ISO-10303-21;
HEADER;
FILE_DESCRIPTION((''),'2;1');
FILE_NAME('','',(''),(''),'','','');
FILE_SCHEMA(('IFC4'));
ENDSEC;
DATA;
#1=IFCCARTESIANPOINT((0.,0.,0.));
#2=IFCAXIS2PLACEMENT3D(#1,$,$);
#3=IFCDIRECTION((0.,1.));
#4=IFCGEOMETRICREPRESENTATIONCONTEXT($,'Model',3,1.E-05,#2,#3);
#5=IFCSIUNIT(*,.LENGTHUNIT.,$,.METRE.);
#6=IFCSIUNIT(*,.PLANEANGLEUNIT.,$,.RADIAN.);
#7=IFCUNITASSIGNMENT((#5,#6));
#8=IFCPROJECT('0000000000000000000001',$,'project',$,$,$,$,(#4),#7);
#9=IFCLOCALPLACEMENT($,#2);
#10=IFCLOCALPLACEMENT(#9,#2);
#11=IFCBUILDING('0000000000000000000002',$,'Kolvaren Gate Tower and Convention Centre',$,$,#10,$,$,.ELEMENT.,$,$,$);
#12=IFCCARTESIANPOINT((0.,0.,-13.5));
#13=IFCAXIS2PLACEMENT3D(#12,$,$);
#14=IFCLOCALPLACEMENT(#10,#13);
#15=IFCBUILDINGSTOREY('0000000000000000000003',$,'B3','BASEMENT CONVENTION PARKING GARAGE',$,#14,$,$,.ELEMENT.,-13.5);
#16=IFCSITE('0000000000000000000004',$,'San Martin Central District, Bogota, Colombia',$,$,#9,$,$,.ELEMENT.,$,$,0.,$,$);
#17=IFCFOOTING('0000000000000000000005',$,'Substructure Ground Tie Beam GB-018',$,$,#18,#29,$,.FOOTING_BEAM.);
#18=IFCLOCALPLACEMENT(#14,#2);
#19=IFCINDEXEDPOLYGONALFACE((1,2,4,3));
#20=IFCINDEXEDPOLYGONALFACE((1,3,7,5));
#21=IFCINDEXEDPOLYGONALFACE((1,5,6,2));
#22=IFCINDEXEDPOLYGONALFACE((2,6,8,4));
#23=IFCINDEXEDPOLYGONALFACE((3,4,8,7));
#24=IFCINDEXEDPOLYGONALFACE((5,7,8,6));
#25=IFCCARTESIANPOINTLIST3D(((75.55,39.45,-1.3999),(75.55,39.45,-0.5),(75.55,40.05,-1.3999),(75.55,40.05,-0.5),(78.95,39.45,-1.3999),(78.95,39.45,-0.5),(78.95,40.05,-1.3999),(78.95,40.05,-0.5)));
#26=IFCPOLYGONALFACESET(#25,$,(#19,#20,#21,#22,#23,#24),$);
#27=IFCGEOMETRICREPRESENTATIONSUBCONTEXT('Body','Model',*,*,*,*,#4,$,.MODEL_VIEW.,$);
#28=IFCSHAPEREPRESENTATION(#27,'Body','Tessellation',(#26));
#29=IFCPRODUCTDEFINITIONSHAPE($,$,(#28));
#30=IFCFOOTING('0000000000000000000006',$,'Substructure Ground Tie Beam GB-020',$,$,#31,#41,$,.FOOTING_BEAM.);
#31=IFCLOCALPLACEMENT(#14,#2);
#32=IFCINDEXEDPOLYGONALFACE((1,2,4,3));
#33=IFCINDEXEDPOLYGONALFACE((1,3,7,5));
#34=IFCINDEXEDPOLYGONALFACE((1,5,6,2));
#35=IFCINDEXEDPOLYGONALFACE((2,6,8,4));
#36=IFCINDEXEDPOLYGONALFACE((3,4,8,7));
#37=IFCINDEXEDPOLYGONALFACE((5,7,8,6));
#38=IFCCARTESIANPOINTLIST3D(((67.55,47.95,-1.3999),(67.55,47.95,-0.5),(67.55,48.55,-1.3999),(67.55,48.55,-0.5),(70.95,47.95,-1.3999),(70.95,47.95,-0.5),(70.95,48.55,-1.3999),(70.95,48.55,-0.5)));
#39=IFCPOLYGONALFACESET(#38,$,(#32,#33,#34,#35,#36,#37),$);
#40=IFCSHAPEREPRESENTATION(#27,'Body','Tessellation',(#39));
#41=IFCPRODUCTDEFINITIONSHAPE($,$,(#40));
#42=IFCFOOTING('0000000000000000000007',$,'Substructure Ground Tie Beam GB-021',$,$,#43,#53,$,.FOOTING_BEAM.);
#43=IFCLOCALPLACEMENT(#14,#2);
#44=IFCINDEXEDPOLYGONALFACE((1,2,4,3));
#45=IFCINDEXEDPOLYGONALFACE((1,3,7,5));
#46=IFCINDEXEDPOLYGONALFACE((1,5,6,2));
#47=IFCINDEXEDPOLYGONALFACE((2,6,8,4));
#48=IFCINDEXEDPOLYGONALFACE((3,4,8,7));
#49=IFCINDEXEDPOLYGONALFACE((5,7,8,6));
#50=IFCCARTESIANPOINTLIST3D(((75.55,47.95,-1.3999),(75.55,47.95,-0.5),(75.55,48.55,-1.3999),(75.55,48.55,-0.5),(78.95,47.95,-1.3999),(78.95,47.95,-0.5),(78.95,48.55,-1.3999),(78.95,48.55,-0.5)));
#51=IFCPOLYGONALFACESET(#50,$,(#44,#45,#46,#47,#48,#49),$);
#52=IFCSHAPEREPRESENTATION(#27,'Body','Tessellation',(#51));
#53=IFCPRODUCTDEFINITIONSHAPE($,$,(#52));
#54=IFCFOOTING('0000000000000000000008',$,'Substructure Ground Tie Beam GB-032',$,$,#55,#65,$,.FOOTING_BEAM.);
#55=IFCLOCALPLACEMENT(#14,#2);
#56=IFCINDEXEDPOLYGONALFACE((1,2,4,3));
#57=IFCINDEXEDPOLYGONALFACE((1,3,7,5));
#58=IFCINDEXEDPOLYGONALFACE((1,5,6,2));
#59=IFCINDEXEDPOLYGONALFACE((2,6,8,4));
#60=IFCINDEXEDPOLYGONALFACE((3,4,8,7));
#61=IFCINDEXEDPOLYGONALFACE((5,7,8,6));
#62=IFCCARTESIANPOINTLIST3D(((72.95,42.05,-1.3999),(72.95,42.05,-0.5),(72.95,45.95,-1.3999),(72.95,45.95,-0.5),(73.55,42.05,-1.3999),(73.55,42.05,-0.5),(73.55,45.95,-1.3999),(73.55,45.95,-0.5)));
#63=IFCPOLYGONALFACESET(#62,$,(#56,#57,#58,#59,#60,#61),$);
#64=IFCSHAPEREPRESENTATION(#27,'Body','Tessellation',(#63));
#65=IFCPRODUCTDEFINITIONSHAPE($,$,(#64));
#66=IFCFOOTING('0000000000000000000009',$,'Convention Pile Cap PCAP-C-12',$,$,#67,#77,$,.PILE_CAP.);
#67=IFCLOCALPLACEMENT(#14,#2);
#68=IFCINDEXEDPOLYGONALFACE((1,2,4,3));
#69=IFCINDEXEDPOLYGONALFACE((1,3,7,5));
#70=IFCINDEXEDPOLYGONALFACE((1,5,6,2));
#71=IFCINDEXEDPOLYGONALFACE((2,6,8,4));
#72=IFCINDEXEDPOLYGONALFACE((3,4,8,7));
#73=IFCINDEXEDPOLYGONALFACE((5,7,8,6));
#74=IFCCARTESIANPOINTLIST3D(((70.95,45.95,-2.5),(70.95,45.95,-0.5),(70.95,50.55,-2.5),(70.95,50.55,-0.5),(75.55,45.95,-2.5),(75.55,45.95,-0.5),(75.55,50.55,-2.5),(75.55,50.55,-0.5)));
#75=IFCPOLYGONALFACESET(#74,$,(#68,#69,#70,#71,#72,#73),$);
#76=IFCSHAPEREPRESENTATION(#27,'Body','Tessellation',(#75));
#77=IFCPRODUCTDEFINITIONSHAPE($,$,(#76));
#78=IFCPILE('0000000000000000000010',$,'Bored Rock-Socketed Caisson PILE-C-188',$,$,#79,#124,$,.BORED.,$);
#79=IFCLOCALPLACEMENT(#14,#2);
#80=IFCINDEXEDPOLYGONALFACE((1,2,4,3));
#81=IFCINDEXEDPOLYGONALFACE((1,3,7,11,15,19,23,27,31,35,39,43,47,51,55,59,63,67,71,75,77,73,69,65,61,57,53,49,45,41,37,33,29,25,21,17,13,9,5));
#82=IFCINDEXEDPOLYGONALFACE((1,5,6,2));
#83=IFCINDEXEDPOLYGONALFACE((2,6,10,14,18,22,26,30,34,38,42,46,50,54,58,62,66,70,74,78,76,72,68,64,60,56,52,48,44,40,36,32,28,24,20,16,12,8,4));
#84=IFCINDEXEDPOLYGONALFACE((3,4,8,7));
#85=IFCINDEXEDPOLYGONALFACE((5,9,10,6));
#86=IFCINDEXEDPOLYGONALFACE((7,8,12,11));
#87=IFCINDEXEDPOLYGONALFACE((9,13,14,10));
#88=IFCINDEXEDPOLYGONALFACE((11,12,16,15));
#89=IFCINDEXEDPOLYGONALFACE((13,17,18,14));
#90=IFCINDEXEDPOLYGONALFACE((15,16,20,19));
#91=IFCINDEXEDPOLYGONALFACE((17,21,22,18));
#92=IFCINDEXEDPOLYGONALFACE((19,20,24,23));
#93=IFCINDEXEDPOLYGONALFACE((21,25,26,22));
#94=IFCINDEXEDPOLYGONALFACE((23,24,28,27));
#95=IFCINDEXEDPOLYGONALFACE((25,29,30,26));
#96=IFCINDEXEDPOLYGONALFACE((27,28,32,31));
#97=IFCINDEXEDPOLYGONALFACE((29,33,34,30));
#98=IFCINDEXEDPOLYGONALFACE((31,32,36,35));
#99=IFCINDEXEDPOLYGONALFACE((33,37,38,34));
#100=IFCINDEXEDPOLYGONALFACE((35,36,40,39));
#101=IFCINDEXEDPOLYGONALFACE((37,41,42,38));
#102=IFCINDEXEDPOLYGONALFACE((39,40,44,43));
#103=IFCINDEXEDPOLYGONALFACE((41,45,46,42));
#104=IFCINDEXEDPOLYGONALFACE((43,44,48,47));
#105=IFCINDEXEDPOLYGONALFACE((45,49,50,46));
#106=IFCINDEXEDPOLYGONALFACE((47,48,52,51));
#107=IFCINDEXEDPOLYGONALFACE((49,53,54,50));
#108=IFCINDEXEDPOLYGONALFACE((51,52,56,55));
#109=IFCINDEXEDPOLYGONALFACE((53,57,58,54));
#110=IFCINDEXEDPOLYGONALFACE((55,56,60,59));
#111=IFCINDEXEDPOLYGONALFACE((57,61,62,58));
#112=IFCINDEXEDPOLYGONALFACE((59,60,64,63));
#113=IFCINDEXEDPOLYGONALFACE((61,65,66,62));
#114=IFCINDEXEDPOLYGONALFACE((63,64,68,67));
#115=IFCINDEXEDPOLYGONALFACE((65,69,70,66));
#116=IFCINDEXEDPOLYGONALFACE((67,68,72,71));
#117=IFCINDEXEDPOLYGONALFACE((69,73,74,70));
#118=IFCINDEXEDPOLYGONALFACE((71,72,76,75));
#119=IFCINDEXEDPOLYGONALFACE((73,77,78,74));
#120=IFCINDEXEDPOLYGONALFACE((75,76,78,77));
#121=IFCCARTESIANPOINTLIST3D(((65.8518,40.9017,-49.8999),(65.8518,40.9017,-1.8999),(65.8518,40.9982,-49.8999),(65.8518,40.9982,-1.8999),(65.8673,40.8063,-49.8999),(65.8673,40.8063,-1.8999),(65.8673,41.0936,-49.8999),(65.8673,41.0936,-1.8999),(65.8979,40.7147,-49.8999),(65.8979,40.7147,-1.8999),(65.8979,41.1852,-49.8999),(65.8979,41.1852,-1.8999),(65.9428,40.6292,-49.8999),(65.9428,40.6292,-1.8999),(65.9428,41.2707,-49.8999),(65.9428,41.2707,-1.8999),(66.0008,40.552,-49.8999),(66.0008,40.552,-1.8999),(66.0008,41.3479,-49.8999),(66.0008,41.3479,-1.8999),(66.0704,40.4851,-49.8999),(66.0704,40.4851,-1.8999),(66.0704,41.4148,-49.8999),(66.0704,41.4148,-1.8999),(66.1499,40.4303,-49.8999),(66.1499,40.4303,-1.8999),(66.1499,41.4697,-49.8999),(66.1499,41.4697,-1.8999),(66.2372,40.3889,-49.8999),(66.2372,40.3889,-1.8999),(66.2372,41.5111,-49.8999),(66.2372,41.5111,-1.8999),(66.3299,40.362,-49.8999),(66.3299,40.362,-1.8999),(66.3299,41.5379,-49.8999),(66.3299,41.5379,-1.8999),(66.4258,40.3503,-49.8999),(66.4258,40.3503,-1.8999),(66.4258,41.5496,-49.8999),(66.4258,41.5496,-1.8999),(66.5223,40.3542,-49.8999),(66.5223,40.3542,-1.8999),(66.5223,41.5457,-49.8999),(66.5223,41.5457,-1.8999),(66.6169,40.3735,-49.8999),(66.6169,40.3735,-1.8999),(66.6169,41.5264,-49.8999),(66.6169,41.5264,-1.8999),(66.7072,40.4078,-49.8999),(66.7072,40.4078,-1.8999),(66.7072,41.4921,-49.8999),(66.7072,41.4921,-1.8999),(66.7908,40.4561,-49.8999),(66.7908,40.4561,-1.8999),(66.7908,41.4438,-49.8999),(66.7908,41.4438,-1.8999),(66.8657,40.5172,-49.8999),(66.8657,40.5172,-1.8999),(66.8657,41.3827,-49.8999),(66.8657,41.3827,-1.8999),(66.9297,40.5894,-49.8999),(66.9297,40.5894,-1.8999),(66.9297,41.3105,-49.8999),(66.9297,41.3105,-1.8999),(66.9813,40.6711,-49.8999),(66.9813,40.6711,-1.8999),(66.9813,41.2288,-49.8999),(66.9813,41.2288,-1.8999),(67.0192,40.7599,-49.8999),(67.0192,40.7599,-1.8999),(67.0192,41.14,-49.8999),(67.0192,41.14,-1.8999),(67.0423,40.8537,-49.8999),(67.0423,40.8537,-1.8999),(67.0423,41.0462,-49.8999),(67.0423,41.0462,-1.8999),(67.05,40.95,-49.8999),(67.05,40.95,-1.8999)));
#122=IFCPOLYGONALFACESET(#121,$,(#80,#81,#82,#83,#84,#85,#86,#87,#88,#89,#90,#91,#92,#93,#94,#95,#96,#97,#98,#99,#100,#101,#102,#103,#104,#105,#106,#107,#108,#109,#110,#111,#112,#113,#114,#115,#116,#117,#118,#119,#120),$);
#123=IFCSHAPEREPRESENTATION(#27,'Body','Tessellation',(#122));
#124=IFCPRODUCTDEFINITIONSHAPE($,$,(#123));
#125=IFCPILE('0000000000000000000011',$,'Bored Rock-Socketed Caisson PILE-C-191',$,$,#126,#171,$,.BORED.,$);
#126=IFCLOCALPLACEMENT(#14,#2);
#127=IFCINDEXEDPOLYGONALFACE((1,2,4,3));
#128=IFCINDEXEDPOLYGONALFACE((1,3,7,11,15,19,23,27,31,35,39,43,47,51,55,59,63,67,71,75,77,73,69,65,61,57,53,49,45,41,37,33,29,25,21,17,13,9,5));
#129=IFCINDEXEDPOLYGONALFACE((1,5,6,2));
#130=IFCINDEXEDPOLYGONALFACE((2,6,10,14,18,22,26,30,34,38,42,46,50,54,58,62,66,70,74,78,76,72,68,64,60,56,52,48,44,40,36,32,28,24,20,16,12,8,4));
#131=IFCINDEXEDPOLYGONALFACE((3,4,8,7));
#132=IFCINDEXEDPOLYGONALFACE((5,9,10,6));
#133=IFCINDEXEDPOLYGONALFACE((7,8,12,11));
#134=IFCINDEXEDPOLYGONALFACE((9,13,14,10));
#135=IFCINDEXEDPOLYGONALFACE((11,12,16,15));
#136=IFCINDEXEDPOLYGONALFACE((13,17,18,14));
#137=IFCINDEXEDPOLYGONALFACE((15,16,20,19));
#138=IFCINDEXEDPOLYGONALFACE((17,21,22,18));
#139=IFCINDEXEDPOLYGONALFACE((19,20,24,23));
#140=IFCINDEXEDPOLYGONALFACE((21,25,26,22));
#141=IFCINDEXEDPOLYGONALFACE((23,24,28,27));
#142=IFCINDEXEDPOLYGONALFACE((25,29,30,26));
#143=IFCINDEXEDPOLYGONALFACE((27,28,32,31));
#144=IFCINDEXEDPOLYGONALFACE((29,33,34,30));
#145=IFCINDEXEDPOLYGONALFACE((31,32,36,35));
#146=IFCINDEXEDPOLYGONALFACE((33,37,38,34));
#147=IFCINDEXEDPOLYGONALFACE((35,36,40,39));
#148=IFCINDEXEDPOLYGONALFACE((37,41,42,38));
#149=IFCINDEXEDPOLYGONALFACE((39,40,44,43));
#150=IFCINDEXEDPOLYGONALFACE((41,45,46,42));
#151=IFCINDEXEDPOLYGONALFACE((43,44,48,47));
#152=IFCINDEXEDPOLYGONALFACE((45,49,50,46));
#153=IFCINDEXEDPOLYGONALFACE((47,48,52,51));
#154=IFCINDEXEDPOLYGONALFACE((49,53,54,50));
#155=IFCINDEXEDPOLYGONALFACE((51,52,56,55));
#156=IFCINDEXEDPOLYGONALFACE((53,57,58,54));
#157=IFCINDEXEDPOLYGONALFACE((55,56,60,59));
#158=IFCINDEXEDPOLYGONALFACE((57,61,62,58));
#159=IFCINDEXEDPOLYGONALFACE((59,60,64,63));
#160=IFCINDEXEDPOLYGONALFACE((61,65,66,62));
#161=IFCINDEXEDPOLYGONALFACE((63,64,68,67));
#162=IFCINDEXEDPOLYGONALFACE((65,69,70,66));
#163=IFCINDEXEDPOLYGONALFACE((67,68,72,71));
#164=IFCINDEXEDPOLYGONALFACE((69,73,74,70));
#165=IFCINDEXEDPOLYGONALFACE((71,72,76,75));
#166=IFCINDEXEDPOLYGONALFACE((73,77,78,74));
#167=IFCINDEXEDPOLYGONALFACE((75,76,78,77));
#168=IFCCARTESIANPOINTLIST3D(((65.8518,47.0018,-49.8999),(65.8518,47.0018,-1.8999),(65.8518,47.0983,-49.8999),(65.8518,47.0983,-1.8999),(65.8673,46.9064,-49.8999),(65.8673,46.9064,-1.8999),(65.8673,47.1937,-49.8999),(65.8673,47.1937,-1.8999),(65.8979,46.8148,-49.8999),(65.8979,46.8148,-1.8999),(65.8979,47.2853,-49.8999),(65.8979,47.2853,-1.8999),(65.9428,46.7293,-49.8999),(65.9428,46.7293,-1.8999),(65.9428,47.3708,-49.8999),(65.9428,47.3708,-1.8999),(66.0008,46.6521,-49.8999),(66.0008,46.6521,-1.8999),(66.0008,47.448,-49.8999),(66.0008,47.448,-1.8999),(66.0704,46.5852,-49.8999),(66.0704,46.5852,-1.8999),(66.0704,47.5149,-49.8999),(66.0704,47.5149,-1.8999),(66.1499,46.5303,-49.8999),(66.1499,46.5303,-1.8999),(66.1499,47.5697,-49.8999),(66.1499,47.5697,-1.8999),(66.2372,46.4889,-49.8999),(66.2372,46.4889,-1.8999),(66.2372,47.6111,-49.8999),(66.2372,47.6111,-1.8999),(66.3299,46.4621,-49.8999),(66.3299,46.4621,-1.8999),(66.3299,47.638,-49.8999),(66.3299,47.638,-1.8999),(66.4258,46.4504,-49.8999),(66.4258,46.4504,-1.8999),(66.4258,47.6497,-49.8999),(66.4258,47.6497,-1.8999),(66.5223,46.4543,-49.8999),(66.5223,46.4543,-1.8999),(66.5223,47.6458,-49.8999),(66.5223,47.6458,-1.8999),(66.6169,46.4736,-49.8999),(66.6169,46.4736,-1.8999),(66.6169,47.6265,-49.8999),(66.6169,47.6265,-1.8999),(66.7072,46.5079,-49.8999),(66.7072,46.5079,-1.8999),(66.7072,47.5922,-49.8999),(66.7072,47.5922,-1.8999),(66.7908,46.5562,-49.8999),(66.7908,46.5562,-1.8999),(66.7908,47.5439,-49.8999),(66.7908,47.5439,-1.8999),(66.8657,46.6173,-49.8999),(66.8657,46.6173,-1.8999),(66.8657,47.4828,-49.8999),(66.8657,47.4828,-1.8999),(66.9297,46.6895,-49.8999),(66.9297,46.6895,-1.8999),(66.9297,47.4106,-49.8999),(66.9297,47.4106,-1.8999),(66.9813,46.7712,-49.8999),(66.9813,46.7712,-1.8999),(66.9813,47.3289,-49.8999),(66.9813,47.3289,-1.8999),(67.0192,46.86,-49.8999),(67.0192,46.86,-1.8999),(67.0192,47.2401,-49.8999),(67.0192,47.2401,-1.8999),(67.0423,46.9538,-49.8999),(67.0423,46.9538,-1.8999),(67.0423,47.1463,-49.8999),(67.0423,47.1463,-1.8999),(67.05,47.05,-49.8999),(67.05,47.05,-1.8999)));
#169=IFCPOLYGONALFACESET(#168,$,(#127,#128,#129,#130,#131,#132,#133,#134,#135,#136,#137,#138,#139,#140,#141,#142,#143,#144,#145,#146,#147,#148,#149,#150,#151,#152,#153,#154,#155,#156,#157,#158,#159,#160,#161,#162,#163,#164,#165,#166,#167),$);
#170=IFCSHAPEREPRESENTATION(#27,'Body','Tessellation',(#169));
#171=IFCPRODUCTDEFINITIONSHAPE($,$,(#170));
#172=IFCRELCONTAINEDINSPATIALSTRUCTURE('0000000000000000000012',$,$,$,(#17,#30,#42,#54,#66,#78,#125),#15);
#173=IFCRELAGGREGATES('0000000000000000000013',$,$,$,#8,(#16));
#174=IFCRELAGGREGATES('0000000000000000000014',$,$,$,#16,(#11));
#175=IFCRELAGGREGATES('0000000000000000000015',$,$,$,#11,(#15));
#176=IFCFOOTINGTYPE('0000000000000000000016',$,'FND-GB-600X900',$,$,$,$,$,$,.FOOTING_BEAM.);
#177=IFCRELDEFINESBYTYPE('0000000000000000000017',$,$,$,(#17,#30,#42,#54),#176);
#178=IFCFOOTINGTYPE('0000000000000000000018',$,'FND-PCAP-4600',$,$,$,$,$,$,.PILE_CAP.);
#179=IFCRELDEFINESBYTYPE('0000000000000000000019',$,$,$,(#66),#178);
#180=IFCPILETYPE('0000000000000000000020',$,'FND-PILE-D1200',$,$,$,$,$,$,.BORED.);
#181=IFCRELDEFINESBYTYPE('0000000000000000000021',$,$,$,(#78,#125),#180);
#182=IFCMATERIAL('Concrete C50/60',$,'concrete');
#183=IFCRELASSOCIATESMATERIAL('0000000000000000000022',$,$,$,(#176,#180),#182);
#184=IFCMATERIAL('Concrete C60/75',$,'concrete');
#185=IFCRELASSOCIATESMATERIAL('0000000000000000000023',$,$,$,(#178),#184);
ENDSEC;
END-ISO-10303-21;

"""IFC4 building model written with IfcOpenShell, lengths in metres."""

from ifc_helpers import new_model, si_unit, direction, frame, origin, origin_2d, place, context, subcontext, project, spatial, rectangle, circle, extrude, material, material_profile, profile_set, type_object, element, save


model = new_model("IFC4")

# Units and contexts
model_context = context("Model", 3, precision=1e-05, world=origin(), true_north=direction((0.0, 1.0)))
body_context = subcontext(model_context, "Body", "Model", "MODEL_VIEW")
ifc_project = project(units=[si_unit("LENGTHUNIT", "METRE"), si_unit("PLANEANGLEUNIT", "RADIAN")], contexts=[model_context])

# Site, building, storey
site_placement = place(None, origin())
site = spatial("IfcSite", under=ifc_project, at=site_placement, Name="San Martin Central District, Bogota, Colombia", CompositionType="ELEMENT", RefElevation=0.0)
building_placement = place(site_placement, origin())
building = spatial("IfcBuilding", under=site, at=building_placement, Name="Kolvaren Gate Tower and Convention Centre", CompositionType="ELEMENT")
storey_placement = place(building_placement, frame((0.0, 0.0, -13.5)))
storey = spatial("IfcBuildingStorey", under=building, at=storey_placement, Name="B3", Description="BASEMENT CONVENTION PARKING GARAGE", CompositionType="ELEMENT", Elevation=-13.5)

# Footings
ifc_material_1 = material(Name="Concrete C50/60", Category="concrete")
ifc_material_profile_1 = material_profile(ifc_material_1, rectangle(XDim=0.6001, YDim=0.8999, at=origin_2d()), Name="RC-BM-600X900")
ifc_profile_set_1 = profile_set([ifc_material_profile_1], Name="Concrete C50/60")
footing_type_1 = type_object("IfcFootingType", Name="FND-GB-600X900", PredefinedType="FOOTING_BEAM", material=ifc_profile_set_1)
for number, where, z_axis, x_axis, name in (
    (1, (75.55, 39.75, -0.95), (1.0, 0.0, 0.0), (0.0, 1.0, 0.0), "Substructure Ground Tie Beam GB-018"),
    (2, (67.55, 48.25, -0.95), (1.0, 0.0, 0.0), (0.0, 1.0, 0.0), "Substructure Ground Tie Beam GB-020"),
    (3, (75.55, 48.25, -0.95), (1.0, 0.0, 0.0), (0.0, 1.0, 0.0), "Substructure Ground Tie Beam GB-021"),
):
    element("IfcFooting", number, at=place(storey_placement, frame(where, z_axis=z_axis, x_axis=x_axis)), inside=storey, type_object=footing_type_1, Name=name, PredefinedType="FOOTING_BEAM", context=body_context, shape_type="SweptSolid", body=[
        extrude(rectangle(XDim=0.6001, YDim=0.8999, at=origin_2d()), origin(), (0.0, 0.0, 1.0), 3.3999),
    ])
footing_1_placement = place(storey_placement, frame((73.25, 42.05, -0.95), z_axis=(0.0, 1.0, 0.0), x_axis=(-1.0, 0.0, 0.0)))
element("IfcFooting", 4, at=footing_1_placement, inside=storey, type_object=footing_type_1, Name="Substructure Ground Tie Beam GB-032", PredefinedType="FOOTING_BEAM", context=body_context, shape_type="SweptSolid", body=[
    extrude(rectangle(XDim=0.6001, YDim=0.8999, at=origin_2d()), origin(), (0.0, 0.0, 1.0), 3.8999),
])
ifc_material_2 = material(Name="Concrete C60/75", Category="concrete")
footing_type_2 = type_object("IfcFootingType", Name="FND-PCAP-4600", PredefinedType="PILE_CAP", material=ifc_material_2)
footing_2_placement = place(storey_placement, frame((73.25, 48.25, -2.5), z_axis=(0.0, 0.0, 1.0), x_axis=(1.0, 0.0, 0.0)))
element("IfcFooting", 5, at=footing_2_placement, inside=storey, type_object=footing_type_2, Name="Convention Pile Cap PCAP-C-12", PredefinedType="PILE_CAP", context=body_context, shape_type="SweptSolid", body=[
    extrude(rectangle(XDim=4.6001, YDim=4.6001, at=origin_2d()), origin(), (0.0, 0.0, 1.0), 2.0),
])

# Piles
ifc_material_profile_2 = material_profile(ifc_material_1, circle(Radius=0.6001, at=origin_2d()), Name="CAISSON-D1200")
ifc_profile_set_2 = profile_set([ifc_material_profile_2], Name="Concrete C50/60")
pile_type = type_object("IfcPileType", Name="FND-PILE-D1200", PredefinedType="BORED", material=ifc_profile_set_2)
for number, where, z_axis, x_axis, name in (
    (6, (66.45, 40.95, -1.8999), (0.0, 0.0, -1.0), (1.0, 0.0, 0.0), "Bored Rock-Socketed Caisson PILE-C-188"),
    (7, (66.45, 47.05, -1.8999), (0.0, 0.0, -1.0), (1.0, 0.0, 0.0), "Bored Rock-Socketed Caisson PILE-C-191"),
):
    element("IfcPile", number, at=place(storey_placement, frame(where, z_axis=z_axis, x_axis=x_axis)), inside=storey, type_object=pile_type, Name=name, PredefinedType="BORED", context=body_context, shape_type="SweptSolid", body=[
        extrude(circle(Radius=0.6001, at=origin_2d()), origin(), (0.0, 0.0, 1.0), 48.0),
    ])

save(model, "model.ifc")
